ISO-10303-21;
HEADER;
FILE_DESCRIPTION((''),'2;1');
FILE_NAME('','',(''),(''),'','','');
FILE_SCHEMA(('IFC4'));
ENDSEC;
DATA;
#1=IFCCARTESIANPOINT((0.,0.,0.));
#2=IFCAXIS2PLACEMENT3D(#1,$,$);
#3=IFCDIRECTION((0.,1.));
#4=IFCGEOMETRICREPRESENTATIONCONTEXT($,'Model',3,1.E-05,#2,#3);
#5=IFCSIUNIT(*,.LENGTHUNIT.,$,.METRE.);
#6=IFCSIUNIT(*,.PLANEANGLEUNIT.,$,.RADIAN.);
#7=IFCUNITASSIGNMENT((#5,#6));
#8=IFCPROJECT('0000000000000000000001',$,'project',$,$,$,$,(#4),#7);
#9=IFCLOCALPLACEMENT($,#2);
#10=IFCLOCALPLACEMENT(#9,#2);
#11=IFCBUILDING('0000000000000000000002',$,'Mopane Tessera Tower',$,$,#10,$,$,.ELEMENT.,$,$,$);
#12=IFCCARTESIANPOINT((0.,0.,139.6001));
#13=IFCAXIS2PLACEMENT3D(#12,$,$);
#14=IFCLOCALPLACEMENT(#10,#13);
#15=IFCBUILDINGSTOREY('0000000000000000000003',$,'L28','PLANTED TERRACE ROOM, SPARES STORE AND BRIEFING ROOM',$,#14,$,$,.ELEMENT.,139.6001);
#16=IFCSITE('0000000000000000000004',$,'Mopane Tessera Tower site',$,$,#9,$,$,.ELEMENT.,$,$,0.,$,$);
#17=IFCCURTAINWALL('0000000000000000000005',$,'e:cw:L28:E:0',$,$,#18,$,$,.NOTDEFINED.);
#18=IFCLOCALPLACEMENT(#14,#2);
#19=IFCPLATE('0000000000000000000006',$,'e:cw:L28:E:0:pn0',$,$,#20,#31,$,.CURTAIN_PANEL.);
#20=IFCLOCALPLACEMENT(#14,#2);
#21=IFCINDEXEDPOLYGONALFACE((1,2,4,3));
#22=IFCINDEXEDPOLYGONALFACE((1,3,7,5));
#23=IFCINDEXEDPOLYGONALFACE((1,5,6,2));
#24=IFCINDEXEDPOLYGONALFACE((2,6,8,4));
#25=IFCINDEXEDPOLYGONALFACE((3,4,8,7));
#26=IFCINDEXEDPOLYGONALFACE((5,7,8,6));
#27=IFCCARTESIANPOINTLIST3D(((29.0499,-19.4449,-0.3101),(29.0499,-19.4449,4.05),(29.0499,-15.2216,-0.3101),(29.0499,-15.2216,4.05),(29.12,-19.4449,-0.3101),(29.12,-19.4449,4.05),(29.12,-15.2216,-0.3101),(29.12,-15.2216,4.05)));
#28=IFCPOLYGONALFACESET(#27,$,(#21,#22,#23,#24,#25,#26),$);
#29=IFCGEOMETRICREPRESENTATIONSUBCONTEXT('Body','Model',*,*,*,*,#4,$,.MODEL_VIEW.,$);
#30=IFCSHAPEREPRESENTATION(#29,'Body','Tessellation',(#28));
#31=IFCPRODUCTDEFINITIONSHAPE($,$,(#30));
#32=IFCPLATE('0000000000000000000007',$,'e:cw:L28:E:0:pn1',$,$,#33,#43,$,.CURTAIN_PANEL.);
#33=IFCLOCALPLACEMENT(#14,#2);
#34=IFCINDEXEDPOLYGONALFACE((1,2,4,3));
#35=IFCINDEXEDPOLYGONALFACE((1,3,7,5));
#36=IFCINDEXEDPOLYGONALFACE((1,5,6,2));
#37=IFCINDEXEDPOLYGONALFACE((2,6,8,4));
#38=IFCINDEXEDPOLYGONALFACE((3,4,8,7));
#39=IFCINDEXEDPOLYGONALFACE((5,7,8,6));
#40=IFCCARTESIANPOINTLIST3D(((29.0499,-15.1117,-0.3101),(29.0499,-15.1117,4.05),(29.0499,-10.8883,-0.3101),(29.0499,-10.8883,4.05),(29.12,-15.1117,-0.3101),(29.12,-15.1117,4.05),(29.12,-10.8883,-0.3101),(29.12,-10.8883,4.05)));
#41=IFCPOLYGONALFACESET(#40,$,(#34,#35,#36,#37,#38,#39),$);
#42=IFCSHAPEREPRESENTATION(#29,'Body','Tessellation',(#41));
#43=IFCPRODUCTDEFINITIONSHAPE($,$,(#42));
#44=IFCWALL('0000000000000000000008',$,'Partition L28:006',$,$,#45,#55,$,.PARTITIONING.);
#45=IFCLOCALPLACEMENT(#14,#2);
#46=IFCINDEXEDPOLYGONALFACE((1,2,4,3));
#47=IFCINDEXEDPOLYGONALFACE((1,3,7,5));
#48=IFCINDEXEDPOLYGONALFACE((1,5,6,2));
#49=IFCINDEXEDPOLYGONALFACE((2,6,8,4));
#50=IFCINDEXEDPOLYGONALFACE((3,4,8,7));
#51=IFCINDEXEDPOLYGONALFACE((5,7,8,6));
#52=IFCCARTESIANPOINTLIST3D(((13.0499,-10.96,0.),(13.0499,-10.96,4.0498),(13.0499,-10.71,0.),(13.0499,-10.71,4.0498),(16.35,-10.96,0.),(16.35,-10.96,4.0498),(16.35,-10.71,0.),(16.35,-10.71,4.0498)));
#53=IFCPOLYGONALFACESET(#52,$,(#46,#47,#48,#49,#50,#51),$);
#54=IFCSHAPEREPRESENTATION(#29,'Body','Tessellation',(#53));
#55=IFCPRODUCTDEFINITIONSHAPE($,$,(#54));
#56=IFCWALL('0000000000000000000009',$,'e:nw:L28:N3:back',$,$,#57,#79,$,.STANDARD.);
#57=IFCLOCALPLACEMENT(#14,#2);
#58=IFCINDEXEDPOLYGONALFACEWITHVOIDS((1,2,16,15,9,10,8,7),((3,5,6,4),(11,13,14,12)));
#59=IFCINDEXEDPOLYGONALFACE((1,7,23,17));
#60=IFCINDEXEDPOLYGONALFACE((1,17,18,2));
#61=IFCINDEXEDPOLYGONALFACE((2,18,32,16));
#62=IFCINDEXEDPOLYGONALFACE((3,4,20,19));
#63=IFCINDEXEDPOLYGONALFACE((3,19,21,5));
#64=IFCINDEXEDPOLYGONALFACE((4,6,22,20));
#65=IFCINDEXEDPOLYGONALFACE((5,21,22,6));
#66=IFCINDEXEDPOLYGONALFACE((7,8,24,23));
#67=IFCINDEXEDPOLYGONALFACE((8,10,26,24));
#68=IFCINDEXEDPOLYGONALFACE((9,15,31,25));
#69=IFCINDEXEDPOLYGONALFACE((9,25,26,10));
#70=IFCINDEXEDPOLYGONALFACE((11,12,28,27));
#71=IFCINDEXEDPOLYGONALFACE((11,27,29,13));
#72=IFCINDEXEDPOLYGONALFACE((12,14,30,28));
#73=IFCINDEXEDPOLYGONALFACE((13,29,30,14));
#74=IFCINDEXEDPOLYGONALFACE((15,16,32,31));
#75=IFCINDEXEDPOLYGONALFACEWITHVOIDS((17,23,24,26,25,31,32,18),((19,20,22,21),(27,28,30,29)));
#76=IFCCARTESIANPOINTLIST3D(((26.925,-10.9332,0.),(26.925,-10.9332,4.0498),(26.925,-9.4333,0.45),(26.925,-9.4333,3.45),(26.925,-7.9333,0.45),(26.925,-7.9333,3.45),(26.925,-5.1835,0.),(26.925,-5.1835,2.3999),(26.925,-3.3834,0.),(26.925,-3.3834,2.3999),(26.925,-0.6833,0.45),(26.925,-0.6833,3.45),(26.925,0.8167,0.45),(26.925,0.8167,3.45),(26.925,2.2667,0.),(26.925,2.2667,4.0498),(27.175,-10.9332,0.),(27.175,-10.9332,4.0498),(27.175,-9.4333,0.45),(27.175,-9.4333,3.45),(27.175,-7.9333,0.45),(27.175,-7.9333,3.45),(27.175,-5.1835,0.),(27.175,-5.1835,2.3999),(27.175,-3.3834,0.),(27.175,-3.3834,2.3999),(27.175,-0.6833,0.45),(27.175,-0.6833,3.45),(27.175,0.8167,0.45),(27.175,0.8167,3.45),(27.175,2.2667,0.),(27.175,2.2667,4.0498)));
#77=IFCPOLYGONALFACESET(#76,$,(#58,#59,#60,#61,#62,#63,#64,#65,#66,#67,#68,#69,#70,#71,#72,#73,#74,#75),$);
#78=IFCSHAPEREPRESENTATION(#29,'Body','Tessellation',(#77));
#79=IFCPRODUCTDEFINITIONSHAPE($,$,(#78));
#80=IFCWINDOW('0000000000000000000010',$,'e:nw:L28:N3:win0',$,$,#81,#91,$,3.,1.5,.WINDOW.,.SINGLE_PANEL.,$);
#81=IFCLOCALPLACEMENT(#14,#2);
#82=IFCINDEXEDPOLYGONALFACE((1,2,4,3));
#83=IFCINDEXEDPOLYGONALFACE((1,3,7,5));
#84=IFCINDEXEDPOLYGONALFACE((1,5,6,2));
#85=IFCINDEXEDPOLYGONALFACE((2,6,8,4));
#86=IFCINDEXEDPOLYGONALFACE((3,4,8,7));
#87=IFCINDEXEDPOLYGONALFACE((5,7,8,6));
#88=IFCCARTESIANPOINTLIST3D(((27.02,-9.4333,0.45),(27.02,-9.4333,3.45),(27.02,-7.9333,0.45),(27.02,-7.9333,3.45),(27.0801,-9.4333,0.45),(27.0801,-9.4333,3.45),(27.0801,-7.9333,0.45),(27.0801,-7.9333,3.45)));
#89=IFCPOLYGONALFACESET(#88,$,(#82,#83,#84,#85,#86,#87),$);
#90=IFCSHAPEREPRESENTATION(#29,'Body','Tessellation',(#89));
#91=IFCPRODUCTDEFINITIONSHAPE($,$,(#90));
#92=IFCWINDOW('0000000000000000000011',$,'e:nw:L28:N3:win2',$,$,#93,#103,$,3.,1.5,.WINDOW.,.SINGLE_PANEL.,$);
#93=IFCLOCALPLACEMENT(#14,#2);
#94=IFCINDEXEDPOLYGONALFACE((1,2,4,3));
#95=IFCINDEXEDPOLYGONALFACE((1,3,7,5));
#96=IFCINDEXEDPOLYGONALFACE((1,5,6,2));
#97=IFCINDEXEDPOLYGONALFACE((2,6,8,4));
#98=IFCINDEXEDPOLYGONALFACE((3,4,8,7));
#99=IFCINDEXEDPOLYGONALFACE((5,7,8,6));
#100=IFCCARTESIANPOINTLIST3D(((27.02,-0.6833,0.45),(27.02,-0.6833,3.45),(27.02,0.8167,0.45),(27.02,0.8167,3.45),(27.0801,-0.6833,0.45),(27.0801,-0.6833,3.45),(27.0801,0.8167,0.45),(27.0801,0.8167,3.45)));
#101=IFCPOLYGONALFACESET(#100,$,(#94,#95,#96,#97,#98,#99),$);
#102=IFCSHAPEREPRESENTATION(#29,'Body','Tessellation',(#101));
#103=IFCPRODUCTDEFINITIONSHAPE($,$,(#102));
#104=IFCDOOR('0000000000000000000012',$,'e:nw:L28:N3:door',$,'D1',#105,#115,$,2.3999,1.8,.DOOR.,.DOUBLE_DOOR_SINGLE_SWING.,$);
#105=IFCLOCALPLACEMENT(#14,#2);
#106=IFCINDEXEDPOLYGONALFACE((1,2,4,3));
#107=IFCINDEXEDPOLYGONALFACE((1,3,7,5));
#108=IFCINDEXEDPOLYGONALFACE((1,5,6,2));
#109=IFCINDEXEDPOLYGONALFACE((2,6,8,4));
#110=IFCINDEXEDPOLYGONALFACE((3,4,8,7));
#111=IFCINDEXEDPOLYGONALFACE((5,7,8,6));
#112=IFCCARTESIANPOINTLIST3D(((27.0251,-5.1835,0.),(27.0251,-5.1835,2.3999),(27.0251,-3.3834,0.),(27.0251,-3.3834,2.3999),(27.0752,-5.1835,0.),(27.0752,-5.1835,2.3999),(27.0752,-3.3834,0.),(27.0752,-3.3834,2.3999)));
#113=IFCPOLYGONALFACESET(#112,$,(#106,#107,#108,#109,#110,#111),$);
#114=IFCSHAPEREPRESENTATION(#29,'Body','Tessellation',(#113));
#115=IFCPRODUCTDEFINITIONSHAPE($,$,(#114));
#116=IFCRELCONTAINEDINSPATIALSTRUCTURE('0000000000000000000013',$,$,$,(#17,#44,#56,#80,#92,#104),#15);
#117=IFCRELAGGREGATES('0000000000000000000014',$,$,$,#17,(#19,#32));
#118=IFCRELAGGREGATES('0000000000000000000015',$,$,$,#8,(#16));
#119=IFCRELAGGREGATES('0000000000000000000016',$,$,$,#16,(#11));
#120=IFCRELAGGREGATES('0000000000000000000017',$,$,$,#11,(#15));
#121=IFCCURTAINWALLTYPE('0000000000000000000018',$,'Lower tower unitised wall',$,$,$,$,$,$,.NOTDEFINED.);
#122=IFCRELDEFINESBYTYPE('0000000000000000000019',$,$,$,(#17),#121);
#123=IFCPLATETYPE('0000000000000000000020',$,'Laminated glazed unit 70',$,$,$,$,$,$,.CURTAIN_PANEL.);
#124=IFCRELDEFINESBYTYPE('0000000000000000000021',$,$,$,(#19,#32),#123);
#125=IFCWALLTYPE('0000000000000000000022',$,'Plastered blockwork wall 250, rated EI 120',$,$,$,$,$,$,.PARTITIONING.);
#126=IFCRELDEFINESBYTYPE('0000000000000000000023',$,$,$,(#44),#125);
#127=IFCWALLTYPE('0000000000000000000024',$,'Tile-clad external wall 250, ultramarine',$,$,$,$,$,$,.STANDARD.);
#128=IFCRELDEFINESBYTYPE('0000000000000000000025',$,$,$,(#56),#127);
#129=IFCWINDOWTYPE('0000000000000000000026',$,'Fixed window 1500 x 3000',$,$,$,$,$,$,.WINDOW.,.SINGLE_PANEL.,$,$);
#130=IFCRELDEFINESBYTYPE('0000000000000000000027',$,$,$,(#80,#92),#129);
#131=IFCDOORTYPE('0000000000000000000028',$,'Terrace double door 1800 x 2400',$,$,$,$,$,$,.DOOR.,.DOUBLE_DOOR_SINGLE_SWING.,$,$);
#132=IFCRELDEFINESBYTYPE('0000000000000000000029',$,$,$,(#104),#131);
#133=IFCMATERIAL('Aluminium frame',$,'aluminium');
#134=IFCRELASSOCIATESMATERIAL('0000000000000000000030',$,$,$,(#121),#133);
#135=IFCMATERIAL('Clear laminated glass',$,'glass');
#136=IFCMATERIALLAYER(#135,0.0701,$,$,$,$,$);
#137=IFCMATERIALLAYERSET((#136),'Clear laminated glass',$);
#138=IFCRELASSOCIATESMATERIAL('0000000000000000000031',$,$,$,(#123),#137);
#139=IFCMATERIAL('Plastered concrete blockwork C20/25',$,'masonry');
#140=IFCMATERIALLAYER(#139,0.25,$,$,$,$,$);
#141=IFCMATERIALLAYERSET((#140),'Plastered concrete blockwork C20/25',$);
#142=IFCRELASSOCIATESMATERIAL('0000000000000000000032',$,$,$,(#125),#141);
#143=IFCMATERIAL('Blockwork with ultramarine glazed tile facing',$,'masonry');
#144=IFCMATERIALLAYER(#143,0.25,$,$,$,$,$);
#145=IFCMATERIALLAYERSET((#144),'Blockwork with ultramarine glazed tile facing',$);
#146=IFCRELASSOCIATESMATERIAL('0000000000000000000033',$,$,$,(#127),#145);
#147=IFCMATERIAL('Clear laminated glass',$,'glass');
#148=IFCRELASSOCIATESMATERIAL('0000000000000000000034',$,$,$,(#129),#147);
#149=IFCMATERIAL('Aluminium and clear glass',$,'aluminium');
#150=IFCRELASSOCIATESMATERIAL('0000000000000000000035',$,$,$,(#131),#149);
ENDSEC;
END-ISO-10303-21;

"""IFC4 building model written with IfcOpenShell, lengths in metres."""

from ifc_helpers import new_model, si_unit, direction, frame, frame_2d, origin, origin_2d, place, context, subcontext, project, spatial, rectangle, extrude, material, layer, layer_set, type_object, element, fill, aggregate, save


model = new_model("IFC4")

# Units and contexts
model_context = context("Model", 3, precision=1e-05, world=origin(), true_north=direction((0.0, 1.0)))
body_context = subcontext(model_context, "Body", "Model", "MODEL_VIEW")
ifc_project = project(units=[si_unit("LENGTHUNIT", "METRE"), si_unit("PLANEANGLEUNIT", "RADIAN")], contexts=[model_context])

# Site, building, storey
site_placement = place(None, origin())
site = spatial("IfcSite", under=ifc_project, at=site_placement, Name="Mopane Tessera Tower site", CompositionType="ELEMENT", RefElevation=0.0)
building_placement = place(site_placement, origin())
building = spatial("IfcBuilding", under=site, at=building_placement, Name="Mopane Tessera Tower", CompositionType="ELEMENT")
storey_placement = place(building_placement, frame((0.0, 0.0, 139.6001)))
storey = spatial("IfcBuildingStorey", under=building, at=storey_placement, Name="L28", Description="PLANTED TERRACE ROOM, SPARES STORE AND BRIEFING ROOM", CompositionType="ELEMENT", Elevation=139.6001)

# Curtain wall
ifc_material_1 = material(Name="Aluminium frame", Category="aluminium")
curtain_wall_type = type_object("IfcCurtainWallType", Name="Lower tower unitised wall", PredefinedType="NOTDEFINED", material=ifc_material_1)
curtain_wall_1_placement = place(storey_placement, origin())
curtain_wall_1 = element("IfcCurtainWall", 1, at=curtain_wall_1_placement, inside=storey, type_object=curtain_wall_type, Name="e:cw:L28:E:0", PredefinedType="NOTDEFINED")

# Plates
ifc_material_2 = material(Name="Clear laminated glass", Category="glass")
ifc_layer_1 = layer(ifc_material_2, 0.0701)
ifc_layer_set_1 = layer_set([ifc_layer_1], Name="Clear laminated glass")
plate_type = type_object("IfcPlateType", Name="Laminated glazed unit 70", PredefinedType="CURTAIN_PANEL", material=ifc_layer_set_1)
plate_1_placement = place(storey_placement, frame((29.085, -17.3333, -0.3101), z_axis=(0.0, 0.0, 1.0), x_axis=(0.0, 1.0, 0.0)))
plate_1 = element("IfcPlate", 2, at=plate_1_placement, type_object=plate_type, Name="e:cw:L28:E:0:pn0", PredefinedType="CURTAIN_PANEL", context=body_context, shape_type="SweptSolid", body=[
    extrude(rectangle(XDim=4.2234, YDim=0.0701, at=origin_2d()), origin(), (0.0, 0.0, 1.0), 4.3601),
])
plate_2_placement = place(storey_placement, frame((29.085, -13.0, -0.3101), z_axis=(0.0, 0.0, 1.0), x_axis=(0.0, 1.0, 0.0)))
plate_2 = element("IfcPlate", 3, at=plate_2_placement, type_object=plate_type, Name="e:cw:L28:E:0:pn1", PredefinedType="CURTAIN_PANEL", context=body_context, shape_type="SweptSolid", body=[
    extrude(rectangle(XDim=4.2234, YDim=0.0701, at=origin_2d()), origin(), (0.0, 0.0, 1.0), 4.3601),
])
aggregate(curtain_wall_1, [plate_1, plate_2])

# Wall
ifc_material_3 = material(Name="Plastered concrete blockwork C20/25", Category="masonry")
ifc_layer_2 = layer(ifc_material_3, 0.25)
ifc_layer_set_2 = layer_set([ifc_layer_2], Name="Plastered concrete blockwork C20/25")
wall_type_1 = type_object("IfcWallType", Name="Plastered blockwork wall 250, rated EI 120", PredefinedType="PARTITIONING", material=ifc_layer_set_2)
wall_1_placement = place(storey_placement, frame((13.05, -10.835, 0.0), z_axis=(0.0, 0.0, 1.0), x_axis=(1.0, 0.0, 0.0)))
element("IfcWall", 4, at=wall_1_placement, inside=storey, type_object=wall_type_1, Name="Partition L28:006", PredefinedType="PARTITIONING", context=body_context, shape_type="SweptSolid", body=[
    extrude(rectangle(XDim=3.3, YDim=0.25, at=frame_2d((1.6499, 0.0))), origin(), (0.0, 0.0, 1.0), 4.0498),
])

# Wall, openings, windows, door
ifc_material_4 = material(Name="Blockwork with ultramarine glazed tile facing", Category="masonry")
ifc_layer_3 = layer(ifc_material_4, 0.25)
ifc_layer_set_3 = layer_set([ifc_layer_3], Name="Blockwork with ultramarine glazed tile facing")
wall_type_2 = type_object("IfcWallType", Name="Tile-clad external wall 250, ultramarine", PredefinedType="STANDARD", material=ifc_layer_set_3)
wall_2_placement = place(storey_placement, frame((27.05, -10.9333, 0.0), z_axis=(0.0, 0.0, 1.0), x_axis=(0.0, 1.0, 0.0)))
wall_2 = element("IfcWall", 5, at=wall_2_placement, inside=storey, type_object=wall_type_2, Name="e:nw:L28:N3:back", PredefinedType="STANDARD", context=body_context, shape_type="SweptSolid", body=[
    extrude(rectangle(XDim=13.2, YDim=0.25, at=frame_2d((6.6001, 0.0))), origin(), (0.0, 0.0, 1.0), 4.0498),
])
opening_1_placement = place(wall_2_placement, frame((1.5, 0.0, 0.45)))
opening_1 = element("IfcOpeningElement", 6, at=opening_1_placement, cuts=wall_2, PredefinedType="OPENING", context=body_context, shape_type="SweptSolid", body=[
    extrude(rectangle(XDim=1.5, YDim=3.0, at=frame_2d((0.75, 1.5))), frame((0.0, 0.137, 0.0), z_axis=(0.0, -1.0, 0.0), x_axis=(1.0, 0.0, 0.0)), (0.0, 0.0, 1.0), 0.2739),
])
opening_2_placement = place(wall_2_placement, frame((5.75, 0.0, 0.0)))
opening_2 = element("IfcOpeningElement", 7, at=opening_2_placement, cuts=wall_2, PredefinedType="OPENING", context=body_context, shape_type="SweptSolid", body=[
    extrude(rectangle(XDim=1.8, YDim=2.3999, at=frame_2d((0.8999, 1.2))), frame((0.0, 0.137, 0.0), z_axis=(0.0, -1.0, 0.0), x_axis=(1.0, 0.0, 0.0)), (0.0, 0.0, 1.0), 0.2739),
])
opening_3_placement = place(wall_2_placement, frame((10.25, 0.0, 0.45)))
opening_3 = element("IfcOpeningElement", 8, at=opening_3_placement, cuts=wall_2, PredefinedType="OPENING", context=body_context, shape_type="SweptSolid", body=[
    extrude(rectangle(XDim=1.5, YDim=3.0, at=frame_2d((0.75, 1.5))), frame((0.0, 0.137, 0.0), z_axis=(0.0, -1.0, 0.0), x_axis=(1.0, 0.0, 0.0)), (0.0, 0.0, 1.0), 0.2739),
])
ifc_material_5 = material(Name="Clear laminated glass", Category="glass")
window_type = type_object("IfcWindowType", Name="Fixed window 1500 x 3000", PartitioningType="SINGLE_PANEL", PredefinedType="WINDOW", material=ifc_material_5)
window_1_placement = place(opening_1_placement, origin())
window_1 = element("IfcWindow", 9, at=window_1_placement, inside=storey, type_object=window_type, Name="e:nw:L28:N3:win0", OverallHeight=3.0, OverallWidth=1.5, PartitioningType="SINGLE_PANEL", PredefinedType="WINDOW", context=body_context, shape_type="SweptSolid", body=[
    extrude(rectangle(XDim=1.5, YDim=3.0, at=frame_2d((0.75, 1.5))), frame((0.0, 0.03, 0.0), z_axis=(0.0, -1.0, 0.0), x_axis=(1.0, 0.0, 0.0)), (0.0, 0.0, 1.0), 0.0601),
])
fill(opening_1, window_1)
window_2_placement = place(opening_3_placement, origin())
window_2 = element("IfcWindow", 10, at=window_2_placement, inside=storey, type_object=window_type, Name="e:nw:L28:N3:win2", OverallHeight=3.0, OverallWidth=1.5, PartitioningType="SINGLE_PANEL", PredefinedType="WINDOW", context=body_context, shape_type="SweptSolid", body=[
    extrude(rectangle(XDim=1.5, YDim=3.0, at=frame_2d((0.75, 1.5))), frame((0.0, 0.03, 0.0), z_axis=(0.0, -1.0, 0.0), x_axis=(1.0, 0.0, 0.0)), (0.0, 0.0, 1.0), 0.0601),
])
fill(opening_3, window_2)
ifc_material_6 = material(Name="Aluminium and clear glass", Category="aluminium")
door_type = type_object("IfcDoorType", Name="Terrace double door 1800 x 2400", OperationType="DOUBLE_DOOR_SINGLE_SWING", PredefinedType="DOOR", material=ifc_material_6)
door_placement = place(opening_2_placement, origin())
door = element("IfcDoor", 11, at=door_placement, inside=storey, type_object=door_type, Name="e:nw:L28:N3:door", ObjectType="D1", OperationType="DOUBLE_DOOR_SINGLE_SWING", OverallHeight=2.3999, OverallWidth=1.8, PredefinedType="DOOR", context=body_context, shape_type="SweptSolid", body=[
    extrude(rectangle(XDim=1.8, YDim=2.3999, at=frame_2d((0.8999, 1.2))), frame((0.0, 0.0249, 0.0), z_axis=(0.0, -1.0, 0.0), x_axis=(1.0, 0.0, 0.0)), (0.0, 0.0, 1.0), 0.05),
])
fill(opening_2, door)

save(model, "model.ifc")
